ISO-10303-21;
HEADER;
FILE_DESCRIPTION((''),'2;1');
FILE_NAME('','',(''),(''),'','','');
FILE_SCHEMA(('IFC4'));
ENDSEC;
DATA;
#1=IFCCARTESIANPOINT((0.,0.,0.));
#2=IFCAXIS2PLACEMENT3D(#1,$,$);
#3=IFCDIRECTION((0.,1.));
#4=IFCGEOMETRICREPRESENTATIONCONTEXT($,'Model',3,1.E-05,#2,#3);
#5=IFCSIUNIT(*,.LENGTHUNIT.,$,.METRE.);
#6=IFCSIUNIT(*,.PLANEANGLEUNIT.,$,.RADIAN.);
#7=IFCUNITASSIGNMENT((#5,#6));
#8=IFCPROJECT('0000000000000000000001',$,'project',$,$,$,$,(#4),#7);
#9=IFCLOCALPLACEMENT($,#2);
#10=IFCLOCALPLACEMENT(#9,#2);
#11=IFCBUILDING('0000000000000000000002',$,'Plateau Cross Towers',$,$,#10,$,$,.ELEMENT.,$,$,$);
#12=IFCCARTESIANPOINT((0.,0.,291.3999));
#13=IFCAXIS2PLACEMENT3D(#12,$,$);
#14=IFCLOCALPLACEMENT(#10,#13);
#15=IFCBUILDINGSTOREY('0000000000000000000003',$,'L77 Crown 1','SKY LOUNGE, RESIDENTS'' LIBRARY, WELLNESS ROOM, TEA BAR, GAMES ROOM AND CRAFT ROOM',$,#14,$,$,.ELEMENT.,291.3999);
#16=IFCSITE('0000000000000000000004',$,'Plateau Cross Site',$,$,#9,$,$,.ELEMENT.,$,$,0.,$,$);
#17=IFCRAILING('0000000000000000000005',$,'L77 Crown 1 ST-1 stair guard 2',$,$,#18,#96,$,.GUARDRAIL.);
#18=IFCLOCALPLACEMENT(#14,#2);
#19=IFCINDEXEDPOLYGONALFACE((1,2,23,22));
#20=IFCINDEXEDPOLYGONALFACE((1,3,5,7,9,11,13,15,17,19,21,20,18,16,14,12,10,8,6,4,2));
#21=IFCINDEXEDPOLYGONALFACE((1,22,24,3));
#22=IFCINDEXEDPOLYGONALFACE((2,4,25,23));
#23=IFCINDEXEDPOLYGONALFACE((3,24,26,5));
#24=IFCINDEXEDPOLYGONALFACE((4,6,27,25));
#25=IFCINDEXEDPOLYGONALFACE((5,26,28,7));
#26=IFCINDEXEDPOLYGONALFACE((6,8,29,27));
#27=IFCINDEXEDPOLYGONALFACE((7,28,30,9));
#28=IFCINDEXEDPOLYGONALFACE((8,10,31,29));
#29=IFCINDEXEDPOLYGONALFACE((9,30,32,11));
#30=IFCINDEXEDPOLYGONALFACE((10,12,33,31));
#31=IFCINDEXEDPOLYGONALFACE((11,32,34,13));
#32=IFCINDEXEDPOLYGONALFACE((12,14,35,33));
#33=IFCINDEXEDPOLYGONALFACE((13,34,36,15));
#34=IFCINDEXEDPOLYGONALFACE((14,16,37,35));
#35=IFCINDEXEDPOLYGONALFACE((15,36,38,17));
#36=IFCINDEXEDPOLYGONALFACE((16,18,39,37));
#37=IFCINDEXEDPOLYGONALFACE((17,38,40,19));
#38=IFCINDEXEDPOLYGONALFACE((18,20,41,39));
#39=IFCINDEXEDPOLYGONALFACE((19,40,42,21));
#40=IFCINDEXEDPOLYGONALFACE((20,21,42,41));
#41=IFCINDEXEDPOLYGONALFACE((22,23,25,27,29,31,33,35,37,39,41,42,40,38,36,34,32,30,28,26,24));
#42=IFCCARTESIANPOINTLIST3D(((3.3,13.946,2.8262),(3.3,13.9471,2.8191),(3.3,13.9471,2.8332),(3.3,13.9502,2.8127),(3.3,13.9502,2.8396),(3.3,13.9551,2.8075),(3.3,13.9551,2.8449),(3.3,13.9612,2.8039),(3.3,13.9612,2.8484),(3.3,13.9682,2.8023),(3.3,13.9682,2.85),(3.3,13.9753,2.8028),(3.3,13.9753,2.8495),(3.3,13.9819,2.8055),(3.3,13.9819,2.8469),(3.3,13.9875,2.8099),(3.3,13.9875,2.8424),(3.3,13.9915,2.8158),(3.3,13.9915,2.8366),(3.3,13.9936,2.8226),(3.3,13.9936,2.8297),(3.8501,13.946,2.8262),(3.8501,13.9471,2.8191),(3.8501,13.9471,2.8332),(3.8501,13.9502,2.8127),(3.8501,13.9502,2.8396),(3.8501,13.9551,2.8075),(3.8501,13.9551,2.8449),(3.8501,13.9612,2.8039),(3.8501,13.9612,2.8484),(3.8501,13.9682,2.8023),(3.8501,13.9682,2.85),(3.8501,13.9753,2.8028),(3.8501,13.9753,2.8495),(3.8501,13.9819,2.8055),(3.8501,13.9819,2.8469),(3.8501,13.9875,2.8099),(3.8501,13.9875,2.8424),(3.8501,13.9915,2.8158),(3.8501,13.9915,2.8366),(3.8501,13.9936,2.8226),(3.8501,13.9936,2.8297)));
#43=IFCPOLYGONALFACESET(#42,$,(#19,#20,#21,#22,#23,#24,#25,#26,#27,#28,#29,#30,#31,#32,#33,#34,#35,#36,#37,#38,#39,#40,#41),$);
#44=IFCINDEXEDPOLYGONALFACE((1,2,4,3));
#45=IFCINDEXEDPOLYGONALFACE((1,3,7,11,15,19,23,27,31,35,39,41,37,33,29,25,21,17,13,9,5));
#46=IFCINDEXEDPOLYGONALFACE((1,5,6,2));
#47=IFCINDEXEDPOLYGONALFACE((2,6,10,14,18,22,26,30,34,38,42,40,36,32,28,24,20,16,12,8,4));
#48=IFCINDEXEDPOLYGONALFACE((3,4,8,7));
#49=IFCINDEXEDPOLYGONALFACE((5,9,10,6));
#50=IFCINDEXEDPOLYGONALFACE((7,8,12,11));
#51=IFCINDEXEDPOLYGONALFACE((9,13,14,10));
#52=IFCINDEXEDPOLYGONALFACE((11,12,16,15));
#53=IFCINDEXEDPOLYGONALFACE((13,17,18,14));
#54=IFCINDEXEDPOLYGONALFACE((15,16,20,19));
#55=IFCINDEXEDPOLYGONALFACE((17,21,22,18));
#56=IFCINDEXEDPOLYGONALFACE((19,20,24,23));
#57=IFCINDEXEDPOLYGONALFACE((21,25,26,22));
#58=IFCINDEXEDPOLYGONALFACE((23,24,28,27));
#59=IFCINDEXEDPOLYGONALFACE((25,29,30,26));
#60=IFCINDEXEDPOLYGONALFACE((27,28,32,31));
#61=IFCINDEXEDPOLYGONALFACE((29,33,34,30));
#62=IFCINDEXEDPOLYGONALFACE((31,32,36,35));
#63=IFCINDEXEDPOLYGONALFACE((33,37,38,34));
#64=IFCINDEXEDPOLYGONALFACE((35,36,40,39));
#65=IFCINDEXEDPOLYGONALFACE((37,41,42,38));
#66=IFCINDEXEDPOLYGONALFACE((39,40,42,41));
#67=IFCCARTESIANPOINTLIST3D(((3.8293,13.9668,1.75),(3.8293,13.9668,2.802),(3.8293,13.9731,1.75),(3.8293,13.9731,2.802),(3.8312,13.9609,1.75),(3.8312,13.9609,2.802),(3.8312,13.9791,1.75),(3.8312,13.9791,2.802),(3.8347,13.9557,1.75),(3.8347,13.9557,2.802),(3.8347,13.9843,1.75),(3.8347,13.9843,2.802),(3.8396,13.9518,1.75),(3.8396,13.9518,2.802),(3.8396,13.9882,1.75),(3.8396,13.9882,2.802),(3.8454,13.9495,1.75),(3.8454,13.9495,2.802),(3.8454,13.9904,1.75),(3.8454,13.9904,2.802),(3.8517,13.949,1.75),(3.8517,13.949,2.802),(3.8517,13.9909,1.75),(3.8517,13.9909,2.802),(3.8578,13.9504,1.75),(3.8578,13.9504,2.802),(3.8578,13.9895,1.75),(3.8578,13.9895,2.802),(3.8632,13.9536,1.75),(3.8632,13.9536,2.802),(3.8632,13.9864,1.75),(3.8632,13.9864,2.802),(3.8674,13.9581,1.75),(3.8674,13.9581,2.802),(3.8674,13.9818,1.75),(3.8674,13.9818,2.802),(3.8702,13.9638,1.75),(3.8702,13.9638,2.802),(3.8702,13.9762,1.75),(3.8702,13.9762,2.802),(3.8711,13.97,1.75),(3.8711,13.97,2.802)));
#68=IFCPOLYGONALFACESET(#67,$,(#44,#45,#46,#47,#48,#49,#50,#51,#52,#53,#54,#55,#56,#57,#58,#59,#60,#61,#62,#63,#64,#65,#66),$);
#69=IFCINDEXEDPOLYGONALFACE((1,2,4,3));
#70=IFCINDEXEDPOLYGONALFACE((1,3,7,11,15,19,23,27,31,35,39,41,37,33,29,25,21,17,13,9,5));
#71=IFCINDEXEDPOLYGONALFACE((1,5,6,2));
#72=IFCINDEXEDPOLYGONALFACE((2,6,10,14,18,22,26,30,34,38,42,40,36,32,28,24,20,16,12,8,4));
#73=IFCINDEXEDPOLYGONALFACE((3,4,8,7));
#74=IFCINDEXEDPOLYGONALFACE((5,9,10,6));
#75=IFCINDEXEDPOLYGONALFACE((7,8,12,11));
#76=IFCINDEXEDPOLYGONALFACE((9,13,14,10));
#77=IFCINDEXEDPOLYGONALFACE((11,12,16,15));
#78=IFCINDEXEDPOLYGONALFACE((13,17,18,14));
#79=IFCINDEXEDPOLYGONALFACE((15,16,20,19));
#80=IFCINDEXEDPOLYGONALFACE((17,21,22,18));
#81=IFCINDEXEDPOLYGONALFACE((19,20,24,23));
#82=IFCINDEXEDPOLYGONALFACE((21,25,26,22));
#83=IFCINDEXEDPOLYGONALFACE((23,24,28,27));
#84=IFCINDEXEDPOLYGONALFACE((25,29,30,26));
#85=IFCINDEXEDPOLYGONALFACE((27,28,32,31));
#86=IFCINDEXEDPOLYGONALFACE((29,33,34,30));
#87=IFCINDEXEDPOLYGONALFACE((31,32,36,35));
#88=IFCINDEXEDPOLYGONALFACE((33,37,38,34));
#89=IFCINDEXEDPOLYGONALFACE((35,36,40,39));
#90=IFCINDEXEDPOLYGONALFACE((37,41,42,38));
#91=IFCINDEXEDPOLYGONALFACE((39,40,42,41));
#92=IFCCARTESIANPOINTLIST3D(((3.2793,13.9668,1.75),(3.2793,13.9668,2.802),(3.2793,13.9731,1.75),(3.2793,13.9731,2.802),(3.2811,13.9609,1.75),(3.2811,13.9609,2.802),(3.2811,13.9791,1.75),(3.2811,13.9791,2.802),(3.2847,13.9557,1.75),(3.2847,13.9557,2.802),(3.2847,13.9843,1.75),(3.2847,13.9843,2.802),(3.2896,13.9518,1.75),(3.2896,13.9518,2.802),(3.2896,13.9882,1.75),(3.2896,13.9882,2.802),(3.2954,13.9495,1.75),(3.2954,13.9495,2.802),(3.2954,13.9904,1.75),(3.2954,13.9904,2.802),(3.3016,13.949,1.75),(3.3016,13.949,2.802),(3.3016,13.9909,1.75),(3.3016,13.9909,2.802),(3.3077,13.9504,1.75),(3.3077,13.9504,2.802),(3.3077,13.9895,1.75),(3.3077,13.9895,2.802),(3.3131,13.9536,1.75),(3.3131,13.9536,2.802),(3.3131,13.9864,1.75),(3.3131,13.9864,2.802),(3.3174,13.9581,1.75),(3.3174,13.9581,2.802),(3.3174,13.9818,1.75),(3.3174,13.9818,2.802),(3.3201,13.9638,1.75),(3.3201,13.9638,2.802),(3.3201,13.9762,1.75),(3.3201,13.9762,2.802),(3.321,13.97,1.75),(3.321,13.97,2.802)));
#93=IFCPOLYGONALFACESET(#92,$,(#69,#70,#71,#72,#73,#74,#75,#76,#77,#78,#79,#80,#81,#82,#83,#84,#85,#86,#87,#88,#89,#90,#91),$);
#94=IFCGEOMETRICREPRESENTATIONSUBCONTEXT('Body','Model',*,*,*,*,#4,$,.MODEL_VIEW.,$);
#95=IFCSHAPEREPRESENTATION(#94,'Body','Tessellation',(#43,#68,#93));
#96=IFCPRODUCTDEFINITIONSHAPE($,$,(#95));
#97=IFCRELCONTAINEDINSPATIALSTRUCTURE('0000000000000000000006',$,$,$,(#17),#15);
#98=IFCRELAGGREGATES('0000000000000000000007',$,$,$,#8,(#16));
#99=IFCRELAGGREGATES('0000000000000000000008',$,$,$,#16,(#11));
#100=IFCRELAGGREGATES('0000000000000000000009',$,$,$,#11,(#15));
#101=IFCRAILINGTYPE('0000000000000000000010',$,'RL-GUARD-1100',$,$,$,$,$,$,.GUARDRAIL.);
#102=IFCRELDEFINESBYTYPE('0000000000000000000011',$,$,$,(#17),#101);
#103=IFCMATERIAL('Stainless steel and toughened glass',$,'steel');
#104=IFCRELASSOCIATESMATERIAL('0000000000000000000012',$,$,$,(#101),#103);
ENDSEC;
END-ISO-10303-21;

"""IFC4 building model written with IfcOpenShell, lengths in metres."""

from ifc_helpers import new_model, si_unit, direction, frame, origin, origin_2d, place, context, subcontext, project, spatial, circle, extrude, material, type_object, element, save


model = new_model("IFC4")

# Units and contexts
model_context = context("Model", 3, precision=1e-05, world=origin(), true_north=direction((0.0, 1.0)))
body_context = subcontext(model_context, "Body", "Model", "MODEL_VIEW")
ifc_project = project(units=[si_unit("LENGTHUNIT", "METRE"), si_unit("PLANEANGLEUNIT", "RADIAN")], contexts=[model_context])

# Site, building, storey
site_placement = place(None, origin())
site = spatial("IfcSite", under=ifc_project, at=site_placement, Name="Plateau Cross Site", CompositionType="ELEMENT", RefElevation=0.0)
building_placement = place(site_placement, origin())
building = spatial("IfcBuilding", under=site, at=building_placement, Name="Plateau Cross Towers", CompositionType="ELEMENT")
storey_placement = place(building_placement, frame((0.0, 0.0, 291.3999)))
storey = spatial("IfcBuildingStorey", under=building, at=storey_placement, Name="L77 Crown 1", Description="SKY LOUNGE, RESIDENTS' LIBRARY, WELLNESS ROOM, TEA BAR, GAMES ROOM AND CRAFT ROOM", CompositionType="ELEMENT", Elevation=291.3999)

# Railing
ifc_material_1 = material(Name="Stainless steel and toughened glass", Category="steel")
railing_type_1 = type_object("IfcRailingType", Name="RL-GUARD-1100", PredefinedType="GUARDRAIL", material=ifc_material_1)
railing_1_placement = place(storey_placement, frame((3.8501, 13.97, 1.75)))
element("IfcRailing", 1, at=railing_1_placement, inside=storey, type_object=railing_type_1, Name="L77 Crown 1 ST-1 stair guard 2", PredefinedType="GUARDRAIL", context=body_context, shape_type="SweptSolid", body=[
    extrude(circle(Radius=0.0239, at=origin_2d()), frame((0.0, 0.0, 1.0762), z_axis=(-1.0, 0.0, 0.0), x_axis=(0.0, -1.0, 0.0)), (0.0, 0.0, 1.0), 0.55),
    extrude(circle(Radius=0.021, at=origin_2d()), origin(), (0.0, 0.0, 1.0), 1.052),
    extrude(circle(Radius=0.021, at=origin_2d()), frame((-0.55, 0.0, 0.0)), (0.0, 0.0, 1.0), 1.052),
])

save(model, "model.ifc")
